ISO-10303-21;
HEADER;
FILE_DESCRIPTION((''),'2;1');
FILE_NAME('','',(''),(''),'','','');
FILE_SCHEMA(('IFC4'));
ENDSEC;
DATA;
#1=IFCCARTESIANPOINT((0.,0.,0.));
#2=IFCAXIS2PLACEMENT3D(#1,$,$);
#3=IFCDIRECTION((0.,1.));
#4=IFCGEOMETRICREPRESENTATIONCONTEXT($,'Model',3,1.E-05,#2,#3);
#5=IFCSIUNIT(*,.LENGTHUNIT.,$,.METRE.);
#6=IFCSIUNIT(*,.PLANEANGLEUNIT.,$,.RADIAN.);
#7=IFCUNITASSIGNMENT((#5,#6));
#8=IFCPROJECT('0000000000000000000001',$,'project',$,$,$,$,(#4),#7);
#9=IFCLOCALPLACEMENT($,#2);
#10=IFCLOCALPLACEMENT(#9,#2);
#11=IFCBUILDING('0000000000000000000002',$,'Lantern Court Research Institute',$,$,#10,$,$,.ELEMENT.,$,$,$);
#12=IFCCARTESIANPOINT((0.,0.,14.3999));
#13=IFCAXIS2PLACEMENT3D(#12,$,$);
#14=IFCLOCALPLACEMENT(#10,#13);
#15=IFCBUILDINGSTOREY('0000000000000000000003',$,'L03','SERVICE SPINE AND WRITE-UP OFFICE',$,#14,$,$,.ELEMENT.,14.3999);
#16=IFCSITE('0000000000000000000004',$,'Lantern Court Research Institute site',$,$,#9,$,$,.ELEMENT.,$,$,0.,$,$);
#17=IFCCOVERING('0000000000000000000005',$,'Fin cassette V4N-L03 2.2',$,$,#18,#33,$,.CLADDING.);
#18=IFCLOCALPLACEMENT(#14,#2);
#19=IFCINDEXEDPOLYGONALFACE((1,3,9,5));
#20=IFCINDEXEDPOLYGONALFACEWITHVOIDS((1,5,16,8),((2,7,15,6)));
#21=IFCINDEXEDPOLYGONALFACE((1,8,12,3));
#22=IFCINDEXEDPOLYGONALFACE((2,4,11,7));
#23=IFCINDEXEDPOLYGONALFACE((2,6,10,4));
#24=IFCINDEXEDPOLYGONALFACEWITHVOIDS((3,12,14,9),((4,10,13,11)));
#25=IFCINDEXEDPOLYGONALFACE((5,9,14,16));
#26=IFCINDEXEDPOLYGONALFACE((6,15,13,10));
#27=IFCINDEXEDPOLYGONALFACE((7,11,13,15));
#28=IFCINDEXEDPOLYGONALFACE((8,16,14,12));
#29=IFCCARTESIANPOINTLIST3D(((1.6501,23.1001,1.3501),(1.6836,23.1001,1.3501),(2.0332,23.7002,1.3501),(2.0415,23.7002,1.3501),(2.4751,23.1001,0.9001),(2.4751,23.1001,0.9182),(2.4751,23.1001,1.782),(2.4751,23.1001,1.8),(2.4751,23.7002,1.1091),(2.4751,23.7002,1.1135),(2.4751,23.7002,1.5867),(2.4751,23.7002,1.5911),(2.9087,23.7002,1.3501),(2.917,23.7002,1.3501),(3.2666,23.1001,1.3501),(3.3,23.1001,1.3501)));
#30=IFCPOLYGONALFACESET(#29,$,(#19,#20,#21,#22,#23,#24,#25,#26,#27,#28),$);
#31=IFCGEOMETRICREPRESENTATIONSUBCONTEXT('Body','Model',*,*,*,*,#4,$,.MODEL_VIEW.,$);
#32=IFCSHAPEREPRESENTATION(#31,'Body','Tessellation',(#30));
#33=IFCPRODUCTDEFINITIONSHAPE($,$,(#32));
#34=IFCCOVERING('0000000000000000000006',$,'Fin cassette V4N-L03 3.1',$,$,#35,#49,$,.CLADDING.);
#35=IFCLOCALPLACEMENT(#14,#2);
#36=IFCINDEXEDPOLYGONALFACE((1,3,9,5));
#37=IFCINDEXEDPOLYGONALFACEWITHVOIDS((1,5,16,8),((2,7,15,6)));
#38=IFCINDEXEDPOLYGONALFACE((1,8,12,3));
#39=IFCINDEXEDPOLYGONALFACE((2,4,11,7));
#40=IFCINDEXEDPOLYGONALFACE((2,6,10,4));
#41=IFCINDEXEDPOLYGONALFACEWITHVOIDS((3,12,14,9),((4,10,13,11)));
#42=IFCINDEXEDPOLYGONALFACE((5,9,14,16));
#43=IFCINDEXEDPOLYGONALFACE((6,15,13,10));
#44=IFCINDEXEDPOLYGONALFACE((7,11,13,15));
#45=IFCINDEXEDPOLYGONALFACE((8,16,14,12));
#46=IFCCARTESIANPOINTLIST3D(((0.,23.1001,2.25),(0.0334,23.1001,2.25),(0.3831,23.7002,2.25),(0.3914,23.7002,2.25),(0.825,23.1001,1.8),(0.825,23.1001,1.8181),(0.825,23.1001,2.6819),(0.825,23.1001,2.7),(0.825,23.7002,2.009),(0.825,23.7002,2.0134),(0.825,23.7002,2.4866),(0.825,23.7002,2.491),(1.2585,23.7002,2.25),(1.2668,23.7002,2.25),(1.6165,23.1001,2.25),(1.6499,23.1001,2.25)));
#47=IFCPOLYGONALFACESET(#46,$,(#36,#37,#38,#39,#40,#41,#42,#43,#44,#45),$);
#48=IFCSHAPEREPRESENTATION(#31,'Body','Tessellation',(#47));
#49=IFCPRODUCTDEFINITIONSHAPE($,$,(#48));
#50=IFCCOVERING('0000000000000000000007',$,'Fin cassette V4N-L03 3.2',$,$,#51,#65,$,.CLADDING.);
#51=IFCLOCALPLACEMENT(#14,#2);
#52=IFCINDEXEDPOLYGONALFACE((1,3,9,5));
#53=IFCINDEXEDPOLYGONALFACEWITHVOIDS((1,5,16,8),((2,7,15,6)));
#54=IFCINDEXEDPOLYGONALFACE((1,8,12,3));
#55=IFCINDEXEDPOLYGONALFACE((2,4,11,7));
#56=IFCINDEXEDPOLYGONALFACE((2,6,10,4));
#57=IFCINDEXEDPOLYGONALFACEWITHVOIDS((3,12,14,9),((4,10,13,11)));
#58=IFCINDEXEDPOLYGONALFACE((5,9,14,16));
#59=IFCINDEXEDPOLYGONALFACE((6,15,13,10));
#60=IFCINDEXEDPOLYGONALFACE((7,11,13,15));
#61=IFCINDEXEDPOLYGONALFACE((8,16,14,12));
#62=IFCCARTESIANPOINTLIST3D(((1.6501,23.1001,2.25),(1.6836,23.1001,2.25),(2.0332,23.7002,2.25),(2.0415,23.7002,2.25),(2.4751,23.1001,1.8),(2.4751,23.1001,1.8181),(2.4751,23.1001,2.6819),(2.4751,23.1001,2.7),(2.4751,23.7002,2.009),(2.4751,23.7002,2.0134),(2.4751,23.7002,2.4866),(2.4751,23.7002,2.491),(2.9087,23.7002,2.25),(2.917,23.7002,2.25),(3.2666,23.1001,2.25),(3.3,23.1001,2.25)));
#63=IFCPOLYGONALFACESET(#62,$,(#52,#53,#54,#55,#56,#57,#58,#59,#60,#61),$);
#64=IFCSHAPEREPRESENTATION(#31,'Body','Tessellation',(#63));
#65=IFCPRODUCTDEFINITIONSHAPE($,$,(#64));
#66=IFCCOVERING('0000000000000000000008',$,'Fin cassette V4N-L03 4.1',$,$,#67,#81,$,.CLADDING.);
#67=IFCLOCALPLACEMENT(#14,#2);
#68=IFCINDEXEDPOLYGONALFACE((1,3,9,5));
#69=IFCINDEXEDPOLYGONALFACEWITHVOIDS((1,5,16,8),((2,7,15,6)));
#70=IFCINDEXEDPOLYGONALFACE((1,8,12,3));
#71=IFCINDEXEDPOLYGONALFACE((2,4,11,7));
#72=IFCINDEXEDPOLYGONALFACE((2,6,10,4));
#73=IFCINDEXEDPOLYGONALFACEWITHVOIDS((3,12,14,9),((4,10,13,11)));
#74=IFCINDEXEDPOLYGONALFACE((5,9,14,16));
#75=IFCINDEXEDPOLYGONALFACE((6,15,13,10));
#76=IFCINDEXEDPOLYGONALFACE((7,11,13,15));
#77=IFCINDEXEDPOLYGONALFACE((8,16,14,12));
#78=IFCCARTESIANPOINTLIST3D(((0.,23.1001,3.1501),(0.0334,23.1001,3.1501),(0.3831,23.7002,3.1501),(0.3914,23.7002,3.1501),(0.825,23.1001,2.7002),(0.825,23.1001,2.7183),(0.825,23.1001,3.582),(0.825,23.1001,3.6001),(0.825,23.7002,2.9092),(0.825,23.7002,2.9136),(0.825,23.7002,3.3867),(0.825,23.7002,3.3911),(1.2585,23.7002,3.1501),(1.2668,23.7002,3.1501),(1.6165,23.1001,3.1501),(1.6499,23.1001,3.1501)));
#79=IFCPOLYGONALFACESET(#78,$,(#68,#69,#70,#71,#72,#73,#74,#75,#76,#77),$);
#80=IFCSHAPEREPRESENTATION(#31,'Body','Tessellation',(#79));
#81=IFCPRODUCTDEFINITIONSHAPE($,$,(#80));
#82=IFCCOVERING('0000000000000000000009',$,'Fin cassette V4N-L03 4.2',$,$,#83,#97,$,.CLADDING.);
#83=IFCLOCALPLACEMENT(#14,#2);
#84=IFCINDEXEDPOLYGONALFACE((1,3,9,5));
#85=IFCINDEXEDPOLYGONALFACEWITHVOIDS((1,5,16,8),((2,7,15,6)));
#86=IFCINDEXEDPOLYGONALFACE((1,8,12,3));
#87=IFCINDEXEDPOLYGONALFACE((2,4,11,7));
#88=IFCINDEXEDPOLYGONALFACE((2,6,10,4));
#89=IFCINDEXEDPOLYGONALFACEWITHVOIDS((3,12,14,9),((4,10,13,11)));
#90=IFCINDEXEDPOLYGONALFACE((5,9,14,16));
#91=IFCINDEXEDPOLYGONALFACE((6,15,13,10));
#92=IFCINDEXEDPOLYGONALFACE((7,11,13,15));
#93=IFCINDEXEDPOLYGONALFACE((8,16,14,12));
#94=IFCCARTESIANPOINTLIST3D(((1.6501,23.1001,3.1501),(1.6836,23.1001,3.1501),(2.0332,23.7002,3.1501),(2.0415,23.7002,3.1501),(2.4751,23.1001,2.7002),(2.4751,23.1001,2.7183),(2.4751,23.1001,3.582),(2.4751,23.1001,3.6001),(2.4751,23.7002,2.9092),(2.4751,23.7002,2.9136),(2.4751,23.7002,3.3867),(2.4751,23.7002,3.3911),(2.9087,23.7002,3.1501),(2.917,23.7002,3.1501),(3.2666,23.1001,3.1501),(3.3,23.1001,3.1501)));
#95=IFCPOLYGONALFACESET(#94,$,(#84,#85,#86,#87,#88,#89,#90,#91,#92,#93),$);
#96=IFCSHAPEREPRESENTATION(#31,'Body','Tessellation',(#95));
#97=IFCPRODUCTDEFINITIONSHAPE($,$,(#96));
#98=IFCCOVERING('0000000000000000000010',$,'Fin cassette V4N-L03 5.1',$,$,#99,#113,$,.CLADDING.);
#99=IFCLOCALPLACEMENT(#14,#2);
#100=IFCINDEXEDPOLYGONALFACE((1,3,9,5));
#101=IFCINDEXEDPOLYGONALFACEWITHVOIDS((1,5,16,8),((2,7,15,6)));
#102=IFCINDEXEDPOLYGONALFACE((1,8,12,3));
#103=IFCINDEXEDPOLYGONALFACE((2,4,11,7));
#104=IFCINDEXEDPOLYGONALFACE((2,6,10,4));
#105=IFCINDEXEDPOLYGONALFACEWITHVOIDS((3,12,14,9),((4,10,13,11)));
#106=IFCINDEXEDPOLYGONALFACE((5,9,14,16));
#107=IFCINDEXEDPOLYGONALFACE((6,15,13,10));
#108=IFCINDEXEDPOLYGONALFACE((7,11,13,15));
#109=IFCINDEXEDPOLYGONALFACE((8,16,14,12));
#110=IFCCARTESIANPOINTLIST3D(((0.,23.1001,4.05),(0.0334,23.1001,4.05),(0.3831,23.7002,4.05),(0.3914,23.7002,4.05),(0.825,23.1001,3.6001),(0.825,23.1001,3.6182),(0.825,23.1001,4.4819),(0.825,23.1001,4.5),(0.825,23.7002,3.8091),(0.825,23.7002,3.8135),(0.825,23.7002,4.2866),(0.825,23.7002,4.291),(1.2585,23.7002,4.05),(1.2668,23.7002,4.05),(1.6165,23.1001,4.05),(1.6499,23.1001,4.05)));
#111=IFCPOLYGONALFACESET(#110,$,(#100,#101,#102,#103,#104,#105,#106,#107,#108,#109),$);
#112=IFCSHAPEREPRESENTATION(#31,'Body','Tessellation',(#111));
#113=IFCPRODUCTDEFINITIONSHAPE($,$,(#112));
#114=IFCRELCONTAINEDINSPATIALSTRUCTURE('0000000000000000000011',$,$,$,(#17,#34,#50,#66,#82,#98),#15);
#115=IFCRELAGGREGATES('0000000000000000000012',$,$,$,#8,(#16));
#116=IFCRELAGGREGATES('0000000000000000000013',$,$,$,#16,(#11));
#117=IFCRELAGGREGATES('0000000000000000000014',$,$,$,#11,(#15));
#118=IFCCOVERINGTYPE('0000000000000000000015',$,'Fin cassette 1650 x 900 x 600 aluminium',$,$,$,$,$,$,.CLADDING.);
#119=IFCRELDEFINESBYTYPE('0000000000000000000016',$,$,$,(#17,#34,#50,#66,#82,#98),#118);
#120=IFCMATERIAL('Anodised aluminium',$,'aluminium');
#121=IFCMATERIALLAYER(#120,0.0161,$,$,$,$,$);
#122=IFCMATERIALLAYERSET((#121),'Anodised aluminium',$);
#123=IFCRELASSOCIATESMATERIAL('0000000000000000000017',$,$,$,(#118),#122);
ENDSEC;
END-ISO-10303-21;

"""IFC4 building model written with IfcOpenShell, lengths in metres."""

from ifc_helpers import new_model, entity, si_unit, direction, frame, origin, place, context, subcontext, project, spatial, material, layer, layer_set, type_object, element, save


model = new_model("IFC4")

# Units and contexts
model_context = context("Model", 3, precision=1e-05, world=origin(), true_north=direction((0.0, 1.0)))
body_context = subcontext(model_context, "Body", "Model", "MODEL_VIEW")
ifc_project = project(units=[si_unit("LENGTHUNIT", "METRE"), si_unit("PLANEANGLEUNIT", "RADIAN")], contexts=[model_context])

# Site, building, storey
site_placement = place(None, origin())
site = spatial("IfcSite", under=ifc_project, at=site_placement, Name="Lantern Court Research Institute site", CompositionType="ELEMENT", RefElevation=0.0)
building_placement = place(site_placement, origin())
building = spatial("IfcBuilding", under=site, at=building_placement, Name="Lantern Court Research Institute", CompositionType="ELEMENT")
storey_placement = place(building_placement, frame((0.0, 0.0, 14.3999)))
storey = spatial("IfcBuildingStorey", under=building, at=storey_placement, Name="L03", Description="SERVICE SPINE AND WRITE-UP OFFICE", CompositionType="ELEMENT", Elevation=14.3999)

# Coverings
ifc_material_1 = material(Name="Anodised aluminium", Category="aluminium")
ifc_layer_1 = layer(ifc_material_1, 0.0161)
ifc_layer_set_1 = layer_set([ifc_layer_1], Name="Anodised aluminium")
covering_type = type_object("IfcCoveringType", Name="Fin cassette 1650 x 900 x 600 aluminium", PredefinedType="CLADDING", material=ifc_layer_set_1)
covering_1_placement = place(storey_placement, frame((2.4751, 23.1001, 1.3501), z_axis=(0.0, 1.0, 0.0), x_axis=(-1.0, 0.0, 0.0)))
cartesian_point_1 = entity("IfcCartesianPoint", [0.825, 0.0])
cartesian_point_2 = entity("IfcCartesianPoint", [0.7915, 0.0])
cartesian_point_3 = entity("IfcCartesianPoint", [0.4419, 0.0])
cartesian_point_4 = entity("IfcCartesianPoint", [0.4336, 0.0])
element("IfcCovering", 1, at=covering_1_placement, inside=storey, type_object=covering_type, Name="Fin cassette V4N-L03 2.2", PredefinedType="CLADDING", context=body_context, shape_type="SweptSolid", body=[
    entity("IfcExtrudedAreaSolidTapered", entity("IfcArbitraryProfileDefWithVoids", "AREA", None, entity("IfcPolyline", [cartesian_point_1, entity("IfcCartesianPoint", [0.0, 0.45]), entity("IfcCartesianPoint", [-0.825, 0.0]), entity("IfcCartesianPoint", [0.0, -0.45]), cartesian_point_1]), [entity("IfcPolyline", [cartesian_point_2, entity("IfcCartesianPoint", [0.0, 0.4319]), entity("IfcCartesianPoint", [-0.7915, 0.0]), entity("IfcCartesianPoint", [0.0, -0.4319]), cartesian_point_2])]), entity("IfcAxis2Placement3D", entity("IfcCartesianPoint", [0.0, 0.0, 0.0])), entity("IfcDirection", [0.0, 0.0, 1.0]), 0.6001, entity("IfcArbitraryProfileDefWithVoids", "AREA", None, entity("IfcPolyline", [cartesian_point_3, entity("IfcCartesianPoint", [0.0, 0.241]), entity("IfcCartesianPoint", [-0.4419, 0.0]), entity("IfcCartesianPoint", [0.0, -0.241]), cartesian_point_3]), [entity("IfcPolyline", [cartesian_point_4, entity("IfcCartesianPoint", [0.0, 0.2366]), entity("IfcCartesianPoint", [-0.4336, 0.0]), entity("IfcCartesianPoint", [0.0, -0.2366]), cartesian_point_4])])),
])
covering_2_placement = place(storey_placement, frame((0.825, 23.1001, 2.25), z_axis=(0.0, 1.0, 0.0), x_axis=(-1.0, 0.0, 0.0)))
cartesian_point_5 = entity("IfcCartesianPoint", [0.825, 0.0])
cartesian_point_6 = entity("IfcCartesianPoint", [0.7915, 0.0])
cartesian_point_7 = entity("IfcCartesianPoint", [0.4419, 0.0])
cartesian_point_8 = entity("IfcCartesianPoint", [0.4336, 0.0])
element("IfcCovering", 2, at=covering_2_placement, inside=storey, type_object=covering_type, Name="Fin cassette V4N-L03 3.1", PredefinedType="CLADDING", context=body_context, shape_type="SweptSolid", body=[
    entity("IfcExtrudedAreaSolidTapered", entity("IfcArbitraryProfileDefWithVoids", "AREA", None, entity("IfcPolyline", [cartesian_point_5, entity("IfcCartesianPoint", [0.0, 0.45]), entity("IfcCartesianPoint", [-0.825, 0.0]), entity("IfcCartesianPoint", [0.0, -0.45]), cartesian_point_5]), [entity("IfcPolyline", [cartesian_point_6, entity("IfcCartesianPoint", [0.0, 0.4319]), entity("IfcCartesianPoint", [-0.7915, 0.0]), entity("IfcCartesianPoint", [0.0, -0.4319]), cartesian_point_6])]), entity("IfcAxis2Placement3D", entity("IfcCartesianPoint", [0.0, 0.0, 0.0])), entity("IfcDirection", [0.0, 0.0, 1.0]), 0.6001, entity("IfcArbitraryProfileDefWithVoids", "AREA", None, entity("IfcPolyline", [cartesian_point_7, entity("IfcCartesianPoint", [0.0, 0.241]), entity("IfcCartesianPoint", [-0.4419, 0.0]), entity("IfcCartesianPoint", [0.0, -0.241]), cartesian_point_7]), [entity("IfcPolyline", [cartesian_point_8, entity("IfcCartesianPoint", [0.0, 0.2366]), entity("IfcCartesianPoint", [-0.4336, 0.0]), entity("IfcCartesianPoint", [0.0, -0.2366]), cartesian_point_8])])),
])
covering_3_placement = place(storey_placement, frame((2.4751, 23.1001, 2.25), z_axis=(0.0, 1.0, 0.0), x_axis=(-1.0, 0.0, 0.0)))
cartesian_point_9 = entity("IfcCartesianPoint", [0.825, 0.0])
cartesian_point_10 = entity("IfcCartesianPoint", [0.7915, 0.0])
cartesian_point_11 = entity("IfcCartesianPoint", [0.4419, 0.0])
cartesian_point_12 = entity("IfcCartesianPoint", [0.4336, 0.0])
element("IfcCovering", 3, at=covering_3_placement, inside=storey, type_object=covering_type, Name="Fin cassette V4N-L03 3.2", PredefinedType="CLADDING", context=body_context, shape_type="SweptSolid", body=[
    entity("IfcExtrudedAreaSolidTapered", entity("IfcArbitraryProfileDefWithVoids", "AREA", None, entity("IfcPolyline", [cartesian_point_9, entity("IfcCartesianPoint", [0.0, 0.45]), entity("IfcCartesianPoint", [-0.825, 0.0]), entity("IfcCartesianPoint", [0.0, -0.45]), cartesian_point_9]), [entity("IfcPolyline", [cartesian_point_10, entity("IfcCartesianPoint", [0.0, 0.4319]), entity("IfcCartesianPoint", [-0.7915, 0.0]), entity("IfcCartesianPoint", [0.0, -0.4319]), cartesian_point_10])]), entity("IfcAxis2Placement3D", entity("IfcCartesianPoint", [0.0, 0.0, 0.0])), entity("IfcDirection", [0.0, 0.0, 1.0]), 0.6001, entity("IfcArbitraryProfileDefWithVoids", "AREA", None, entity("IfcPolyline", [cartesian_point_11, entity("IfcCartesianPoint", [0.0, 0.241]), entity("IfcCartesianPoint", [-0.4419, 0.0]), entity("IfcCartesianPoint", [0.0, -0.241]), cartesian_point_11]), [entity("IfcPolyline", [cartesian_point_12, entity("IfcCartesianPoint", [0.0, 0.2366]), entity("IfcCartesianPoint", [-0.4336, 0.0]), entity("IfcCartesianPoint", [0.0, -0.2366]), cartesian_point_12])])),
])
covering_4_placement = place(storey_placement, frame((0.825, 23.1001, 3.1501), z_axis=(0.0, 1.0, 0.0), x_axis=(-1.0, 0.0, 0.0)))
cartesian_point_13 = entity("IfcCartesianPoint", [0.825, 0.0])
cartesian_point_14 = entity("IfcCartesianPoint", [0.7915, 0.0])
cartesian_point_15 = entity("IfcCartesianPoint", [0.4419, 0.0])
cartesian_point_16 = entity("IfcCartesianPoint", [0.4336, 0.0])
element("IfcCovering", 4, at=covering_4_placement, inside=storey, type_object=covering_type, Name="Fin cassette V4N-L03 4.1", PredefinedType="CLADDING", context=body_context, shape_type="SweptSolid", body=[
    entity("IfcExtrudedAreaSolidTapered", entity("IfcArbitraryProfileDefWithVoids", "AREA", None, entity("IfcPolyline", [cartesian_point_13, entity("IfcCartesianPoint", [0.0, 0.45]), entity("IfcCartesianPoint", [-0.825, 0.0]), entity("IfcCartesianPoint", [0.0, -0.45]), cartesian_point_13]), [entity("IfcPolyline", [cartesian_point_14, entity("IfcCartesianPoint", [0.0, 0.4319]), entity("IfcCartesianPoint", [-0.7915, 0.0]), entity("IfcCartesianPoint", [0.0, -0.4319]), cartesian_point_14])]), entity("IfcAxis2Placement3D", entity("IfcCartesianPoint", [0.0, 0.0, 0.0])), entity("IfcDirection", [0.0, 0.0, 1.0]), 0.6001, entity("IfcArbitraryProfileDefWithVoids", "AREA", None, entity("IfcPolyline", [cartesian_point_15, entity("IfcCartesianPoint", [0.0, 0.241]), entity("IfcCartesianPoint", [-0.4419, 0.0]), entity("IfcCartesianPoint", [0.0, -0.241]), cartesian_point_15]), [entity("IfcPolyline", [cartesian_point_16, entity("IfcCartesianPoint", [0.0, 0.2366]), entity("IfcCartesianPoint", [-0.4336, 0.0]), entity("IfcCartesianPoint", [0.0, -0.2366]), cartesian_point_16])])),
])
covering_5_placement = place(storey_placement, frame((2.4751, 23.1001, 3.1501), z_axis=(0.0, 1.0, 0.0), x_axis=(-1.0, 0.0, 0.0)))
cartesian_point_17 = entity("IfcCartesianPoint", [0.825, 0.0])
cartesian_point_18 = entity("IfcCartesianPoint", [0.7915, 0.0])
cartesian_point_19 = entity("IfcCartesianPoint", [0.4419, 0.0])
cartesian_point_20 = entity("IfcCartesianPoint", [0.4336, 0.0])
element("IfcCovering", 5, at=covering_5_placement, inside=storey, type_object=covering_type, Name="Fin cassette V4N-L03 4.2", PredefinedType="CLADDING", context=body_context, shape_type="SweptSolid", body=[
    entity("IfcExtrudedAreaSolidTapered", entity("IfcArbitraryProfileDefWithVoids", "AREA", None, entity("IfcPolyline", [cartesian_point_17, entity("IfcCartesianPoint", [0.0, 0.45]), entity("IfcCartesianPoint", [-0.825, 0.0]), entity("IfcCartesianPoint", [0.0, -0.45]), cartesian_point_17]), [entity("IfcPolyline", [cartesian_point_18, entity("IfcCartesianPoint", [0.0, 0.4319]), entity("IfcCartesianPoint", [-0.7915, 0.0]), entity("IfcCartesianPoint", [0.0, -0.4319]), cartesian_point_18])]), entity("IfcAxis2Placement3D", entity("IfcCartesianPoint", [0.0, 0.0, 0.0])), entity("IfcDirection", [0.0, 0.0, 1.0]), 0.6001, entity("IfcArbitraryProfileDefWithVoids", "AREA", None, entity("IfcPolyline", [cartesian_point_19, entity("IfcCartesianPoint", [0.0, 0.241]), entity("IfcCartesianPoint", [-0.4419, 0.0]), entity("IfcCartesianPoint", [0.0, -0.241]), cartesian_point_19]), [entity("IfcPolyline", [cartesian_point_20, entity("IfcCartesianPoint", [0.0, 0.2366]), entity("IfcCartesianPoint", [-0.4336, 0.0]), entity("IfcCartesianPoint", [0.0, -0.2366]), cartesian_point_20])])),
])
covering_6_placement = place(storey_placement, frame((0.825, 23.1001, 4.05), z_axis=(0.0, 1.0, 0.0), x_axis=(-1.0, 0.0, 0.0)))
cartesian_point_21 = entity("IfcCartesianPoint", [0.825, 0.0])
cartesian_point_22 = entity("IfcCartesianPoint", [0.7915, 0.0])
cartesian_point_23 = entity("IfcCartesianPoint", [0.4419, 0.0])
cartesian_point_24 = entity("IfcCartesianPoint", [0.4336, 0.0])
element("IfcCovering", 6, at=covering_6_placement, inside=storey, type_object=covering_type, Name="Fin cassette V4N-L03 5.1", PredefinedType="CLADDING", context=body_context, shape_type="SweptSolid", body=[
    entity("IfcExtrudedAreaSolidTapered", entity("IfcArbitraryProfileDefWithVoids", "AREA", None, entity("IfcPolyline", [cartesian_point_21, entity("IfcCartesianPoint", [0.0, 0.45]), entity("IfcCartesianPoint", [-0.825, 0.0]), entity("IfcCartesianPoint", [0.0, -0.45]), cartesian_point_21]), [entity("IfcPolyline", [cartesian_point_22, entity("IfcCartesianPoint", [0.0, 0.4319]), entity("IfcCartesianPoint", [-0.7915, 0.0]), entity("IfcCartesianPoint", [0.0, -0.4319]), cartesian_point_22])]), entity("IfcAxis2Placement3D", entity("IfcCartesianPoint", [0.0, 0.0, 0.0])), entity("IfcDirection", [0.0, 0.0, 1.0]), 0.6001, entity("IfcArbitraryProfileDefWithVoids", "AREA", None, entity("IfcPolyline", [cartesian_point_23, entity("IfcCartesianPoint", [0.0, 0.241]), entity("IfcCartesianPoint", [-0.4419, 0.0]), entity("IfcCartesianPoint", [0.0, -0.241]), cartesian_point_23]), [entity("IfcPolyline", [cartesian_point_24, entity("IfcCartesianPoint", [0.0, 0.2366]), entity("IfcCartesianPoint", [-0.4336, 0.0]), entity("IfcCartesianPoint", [0.0, -0.2366]), cartesian_point_24])])),
])

save(model, "model.ifc")
